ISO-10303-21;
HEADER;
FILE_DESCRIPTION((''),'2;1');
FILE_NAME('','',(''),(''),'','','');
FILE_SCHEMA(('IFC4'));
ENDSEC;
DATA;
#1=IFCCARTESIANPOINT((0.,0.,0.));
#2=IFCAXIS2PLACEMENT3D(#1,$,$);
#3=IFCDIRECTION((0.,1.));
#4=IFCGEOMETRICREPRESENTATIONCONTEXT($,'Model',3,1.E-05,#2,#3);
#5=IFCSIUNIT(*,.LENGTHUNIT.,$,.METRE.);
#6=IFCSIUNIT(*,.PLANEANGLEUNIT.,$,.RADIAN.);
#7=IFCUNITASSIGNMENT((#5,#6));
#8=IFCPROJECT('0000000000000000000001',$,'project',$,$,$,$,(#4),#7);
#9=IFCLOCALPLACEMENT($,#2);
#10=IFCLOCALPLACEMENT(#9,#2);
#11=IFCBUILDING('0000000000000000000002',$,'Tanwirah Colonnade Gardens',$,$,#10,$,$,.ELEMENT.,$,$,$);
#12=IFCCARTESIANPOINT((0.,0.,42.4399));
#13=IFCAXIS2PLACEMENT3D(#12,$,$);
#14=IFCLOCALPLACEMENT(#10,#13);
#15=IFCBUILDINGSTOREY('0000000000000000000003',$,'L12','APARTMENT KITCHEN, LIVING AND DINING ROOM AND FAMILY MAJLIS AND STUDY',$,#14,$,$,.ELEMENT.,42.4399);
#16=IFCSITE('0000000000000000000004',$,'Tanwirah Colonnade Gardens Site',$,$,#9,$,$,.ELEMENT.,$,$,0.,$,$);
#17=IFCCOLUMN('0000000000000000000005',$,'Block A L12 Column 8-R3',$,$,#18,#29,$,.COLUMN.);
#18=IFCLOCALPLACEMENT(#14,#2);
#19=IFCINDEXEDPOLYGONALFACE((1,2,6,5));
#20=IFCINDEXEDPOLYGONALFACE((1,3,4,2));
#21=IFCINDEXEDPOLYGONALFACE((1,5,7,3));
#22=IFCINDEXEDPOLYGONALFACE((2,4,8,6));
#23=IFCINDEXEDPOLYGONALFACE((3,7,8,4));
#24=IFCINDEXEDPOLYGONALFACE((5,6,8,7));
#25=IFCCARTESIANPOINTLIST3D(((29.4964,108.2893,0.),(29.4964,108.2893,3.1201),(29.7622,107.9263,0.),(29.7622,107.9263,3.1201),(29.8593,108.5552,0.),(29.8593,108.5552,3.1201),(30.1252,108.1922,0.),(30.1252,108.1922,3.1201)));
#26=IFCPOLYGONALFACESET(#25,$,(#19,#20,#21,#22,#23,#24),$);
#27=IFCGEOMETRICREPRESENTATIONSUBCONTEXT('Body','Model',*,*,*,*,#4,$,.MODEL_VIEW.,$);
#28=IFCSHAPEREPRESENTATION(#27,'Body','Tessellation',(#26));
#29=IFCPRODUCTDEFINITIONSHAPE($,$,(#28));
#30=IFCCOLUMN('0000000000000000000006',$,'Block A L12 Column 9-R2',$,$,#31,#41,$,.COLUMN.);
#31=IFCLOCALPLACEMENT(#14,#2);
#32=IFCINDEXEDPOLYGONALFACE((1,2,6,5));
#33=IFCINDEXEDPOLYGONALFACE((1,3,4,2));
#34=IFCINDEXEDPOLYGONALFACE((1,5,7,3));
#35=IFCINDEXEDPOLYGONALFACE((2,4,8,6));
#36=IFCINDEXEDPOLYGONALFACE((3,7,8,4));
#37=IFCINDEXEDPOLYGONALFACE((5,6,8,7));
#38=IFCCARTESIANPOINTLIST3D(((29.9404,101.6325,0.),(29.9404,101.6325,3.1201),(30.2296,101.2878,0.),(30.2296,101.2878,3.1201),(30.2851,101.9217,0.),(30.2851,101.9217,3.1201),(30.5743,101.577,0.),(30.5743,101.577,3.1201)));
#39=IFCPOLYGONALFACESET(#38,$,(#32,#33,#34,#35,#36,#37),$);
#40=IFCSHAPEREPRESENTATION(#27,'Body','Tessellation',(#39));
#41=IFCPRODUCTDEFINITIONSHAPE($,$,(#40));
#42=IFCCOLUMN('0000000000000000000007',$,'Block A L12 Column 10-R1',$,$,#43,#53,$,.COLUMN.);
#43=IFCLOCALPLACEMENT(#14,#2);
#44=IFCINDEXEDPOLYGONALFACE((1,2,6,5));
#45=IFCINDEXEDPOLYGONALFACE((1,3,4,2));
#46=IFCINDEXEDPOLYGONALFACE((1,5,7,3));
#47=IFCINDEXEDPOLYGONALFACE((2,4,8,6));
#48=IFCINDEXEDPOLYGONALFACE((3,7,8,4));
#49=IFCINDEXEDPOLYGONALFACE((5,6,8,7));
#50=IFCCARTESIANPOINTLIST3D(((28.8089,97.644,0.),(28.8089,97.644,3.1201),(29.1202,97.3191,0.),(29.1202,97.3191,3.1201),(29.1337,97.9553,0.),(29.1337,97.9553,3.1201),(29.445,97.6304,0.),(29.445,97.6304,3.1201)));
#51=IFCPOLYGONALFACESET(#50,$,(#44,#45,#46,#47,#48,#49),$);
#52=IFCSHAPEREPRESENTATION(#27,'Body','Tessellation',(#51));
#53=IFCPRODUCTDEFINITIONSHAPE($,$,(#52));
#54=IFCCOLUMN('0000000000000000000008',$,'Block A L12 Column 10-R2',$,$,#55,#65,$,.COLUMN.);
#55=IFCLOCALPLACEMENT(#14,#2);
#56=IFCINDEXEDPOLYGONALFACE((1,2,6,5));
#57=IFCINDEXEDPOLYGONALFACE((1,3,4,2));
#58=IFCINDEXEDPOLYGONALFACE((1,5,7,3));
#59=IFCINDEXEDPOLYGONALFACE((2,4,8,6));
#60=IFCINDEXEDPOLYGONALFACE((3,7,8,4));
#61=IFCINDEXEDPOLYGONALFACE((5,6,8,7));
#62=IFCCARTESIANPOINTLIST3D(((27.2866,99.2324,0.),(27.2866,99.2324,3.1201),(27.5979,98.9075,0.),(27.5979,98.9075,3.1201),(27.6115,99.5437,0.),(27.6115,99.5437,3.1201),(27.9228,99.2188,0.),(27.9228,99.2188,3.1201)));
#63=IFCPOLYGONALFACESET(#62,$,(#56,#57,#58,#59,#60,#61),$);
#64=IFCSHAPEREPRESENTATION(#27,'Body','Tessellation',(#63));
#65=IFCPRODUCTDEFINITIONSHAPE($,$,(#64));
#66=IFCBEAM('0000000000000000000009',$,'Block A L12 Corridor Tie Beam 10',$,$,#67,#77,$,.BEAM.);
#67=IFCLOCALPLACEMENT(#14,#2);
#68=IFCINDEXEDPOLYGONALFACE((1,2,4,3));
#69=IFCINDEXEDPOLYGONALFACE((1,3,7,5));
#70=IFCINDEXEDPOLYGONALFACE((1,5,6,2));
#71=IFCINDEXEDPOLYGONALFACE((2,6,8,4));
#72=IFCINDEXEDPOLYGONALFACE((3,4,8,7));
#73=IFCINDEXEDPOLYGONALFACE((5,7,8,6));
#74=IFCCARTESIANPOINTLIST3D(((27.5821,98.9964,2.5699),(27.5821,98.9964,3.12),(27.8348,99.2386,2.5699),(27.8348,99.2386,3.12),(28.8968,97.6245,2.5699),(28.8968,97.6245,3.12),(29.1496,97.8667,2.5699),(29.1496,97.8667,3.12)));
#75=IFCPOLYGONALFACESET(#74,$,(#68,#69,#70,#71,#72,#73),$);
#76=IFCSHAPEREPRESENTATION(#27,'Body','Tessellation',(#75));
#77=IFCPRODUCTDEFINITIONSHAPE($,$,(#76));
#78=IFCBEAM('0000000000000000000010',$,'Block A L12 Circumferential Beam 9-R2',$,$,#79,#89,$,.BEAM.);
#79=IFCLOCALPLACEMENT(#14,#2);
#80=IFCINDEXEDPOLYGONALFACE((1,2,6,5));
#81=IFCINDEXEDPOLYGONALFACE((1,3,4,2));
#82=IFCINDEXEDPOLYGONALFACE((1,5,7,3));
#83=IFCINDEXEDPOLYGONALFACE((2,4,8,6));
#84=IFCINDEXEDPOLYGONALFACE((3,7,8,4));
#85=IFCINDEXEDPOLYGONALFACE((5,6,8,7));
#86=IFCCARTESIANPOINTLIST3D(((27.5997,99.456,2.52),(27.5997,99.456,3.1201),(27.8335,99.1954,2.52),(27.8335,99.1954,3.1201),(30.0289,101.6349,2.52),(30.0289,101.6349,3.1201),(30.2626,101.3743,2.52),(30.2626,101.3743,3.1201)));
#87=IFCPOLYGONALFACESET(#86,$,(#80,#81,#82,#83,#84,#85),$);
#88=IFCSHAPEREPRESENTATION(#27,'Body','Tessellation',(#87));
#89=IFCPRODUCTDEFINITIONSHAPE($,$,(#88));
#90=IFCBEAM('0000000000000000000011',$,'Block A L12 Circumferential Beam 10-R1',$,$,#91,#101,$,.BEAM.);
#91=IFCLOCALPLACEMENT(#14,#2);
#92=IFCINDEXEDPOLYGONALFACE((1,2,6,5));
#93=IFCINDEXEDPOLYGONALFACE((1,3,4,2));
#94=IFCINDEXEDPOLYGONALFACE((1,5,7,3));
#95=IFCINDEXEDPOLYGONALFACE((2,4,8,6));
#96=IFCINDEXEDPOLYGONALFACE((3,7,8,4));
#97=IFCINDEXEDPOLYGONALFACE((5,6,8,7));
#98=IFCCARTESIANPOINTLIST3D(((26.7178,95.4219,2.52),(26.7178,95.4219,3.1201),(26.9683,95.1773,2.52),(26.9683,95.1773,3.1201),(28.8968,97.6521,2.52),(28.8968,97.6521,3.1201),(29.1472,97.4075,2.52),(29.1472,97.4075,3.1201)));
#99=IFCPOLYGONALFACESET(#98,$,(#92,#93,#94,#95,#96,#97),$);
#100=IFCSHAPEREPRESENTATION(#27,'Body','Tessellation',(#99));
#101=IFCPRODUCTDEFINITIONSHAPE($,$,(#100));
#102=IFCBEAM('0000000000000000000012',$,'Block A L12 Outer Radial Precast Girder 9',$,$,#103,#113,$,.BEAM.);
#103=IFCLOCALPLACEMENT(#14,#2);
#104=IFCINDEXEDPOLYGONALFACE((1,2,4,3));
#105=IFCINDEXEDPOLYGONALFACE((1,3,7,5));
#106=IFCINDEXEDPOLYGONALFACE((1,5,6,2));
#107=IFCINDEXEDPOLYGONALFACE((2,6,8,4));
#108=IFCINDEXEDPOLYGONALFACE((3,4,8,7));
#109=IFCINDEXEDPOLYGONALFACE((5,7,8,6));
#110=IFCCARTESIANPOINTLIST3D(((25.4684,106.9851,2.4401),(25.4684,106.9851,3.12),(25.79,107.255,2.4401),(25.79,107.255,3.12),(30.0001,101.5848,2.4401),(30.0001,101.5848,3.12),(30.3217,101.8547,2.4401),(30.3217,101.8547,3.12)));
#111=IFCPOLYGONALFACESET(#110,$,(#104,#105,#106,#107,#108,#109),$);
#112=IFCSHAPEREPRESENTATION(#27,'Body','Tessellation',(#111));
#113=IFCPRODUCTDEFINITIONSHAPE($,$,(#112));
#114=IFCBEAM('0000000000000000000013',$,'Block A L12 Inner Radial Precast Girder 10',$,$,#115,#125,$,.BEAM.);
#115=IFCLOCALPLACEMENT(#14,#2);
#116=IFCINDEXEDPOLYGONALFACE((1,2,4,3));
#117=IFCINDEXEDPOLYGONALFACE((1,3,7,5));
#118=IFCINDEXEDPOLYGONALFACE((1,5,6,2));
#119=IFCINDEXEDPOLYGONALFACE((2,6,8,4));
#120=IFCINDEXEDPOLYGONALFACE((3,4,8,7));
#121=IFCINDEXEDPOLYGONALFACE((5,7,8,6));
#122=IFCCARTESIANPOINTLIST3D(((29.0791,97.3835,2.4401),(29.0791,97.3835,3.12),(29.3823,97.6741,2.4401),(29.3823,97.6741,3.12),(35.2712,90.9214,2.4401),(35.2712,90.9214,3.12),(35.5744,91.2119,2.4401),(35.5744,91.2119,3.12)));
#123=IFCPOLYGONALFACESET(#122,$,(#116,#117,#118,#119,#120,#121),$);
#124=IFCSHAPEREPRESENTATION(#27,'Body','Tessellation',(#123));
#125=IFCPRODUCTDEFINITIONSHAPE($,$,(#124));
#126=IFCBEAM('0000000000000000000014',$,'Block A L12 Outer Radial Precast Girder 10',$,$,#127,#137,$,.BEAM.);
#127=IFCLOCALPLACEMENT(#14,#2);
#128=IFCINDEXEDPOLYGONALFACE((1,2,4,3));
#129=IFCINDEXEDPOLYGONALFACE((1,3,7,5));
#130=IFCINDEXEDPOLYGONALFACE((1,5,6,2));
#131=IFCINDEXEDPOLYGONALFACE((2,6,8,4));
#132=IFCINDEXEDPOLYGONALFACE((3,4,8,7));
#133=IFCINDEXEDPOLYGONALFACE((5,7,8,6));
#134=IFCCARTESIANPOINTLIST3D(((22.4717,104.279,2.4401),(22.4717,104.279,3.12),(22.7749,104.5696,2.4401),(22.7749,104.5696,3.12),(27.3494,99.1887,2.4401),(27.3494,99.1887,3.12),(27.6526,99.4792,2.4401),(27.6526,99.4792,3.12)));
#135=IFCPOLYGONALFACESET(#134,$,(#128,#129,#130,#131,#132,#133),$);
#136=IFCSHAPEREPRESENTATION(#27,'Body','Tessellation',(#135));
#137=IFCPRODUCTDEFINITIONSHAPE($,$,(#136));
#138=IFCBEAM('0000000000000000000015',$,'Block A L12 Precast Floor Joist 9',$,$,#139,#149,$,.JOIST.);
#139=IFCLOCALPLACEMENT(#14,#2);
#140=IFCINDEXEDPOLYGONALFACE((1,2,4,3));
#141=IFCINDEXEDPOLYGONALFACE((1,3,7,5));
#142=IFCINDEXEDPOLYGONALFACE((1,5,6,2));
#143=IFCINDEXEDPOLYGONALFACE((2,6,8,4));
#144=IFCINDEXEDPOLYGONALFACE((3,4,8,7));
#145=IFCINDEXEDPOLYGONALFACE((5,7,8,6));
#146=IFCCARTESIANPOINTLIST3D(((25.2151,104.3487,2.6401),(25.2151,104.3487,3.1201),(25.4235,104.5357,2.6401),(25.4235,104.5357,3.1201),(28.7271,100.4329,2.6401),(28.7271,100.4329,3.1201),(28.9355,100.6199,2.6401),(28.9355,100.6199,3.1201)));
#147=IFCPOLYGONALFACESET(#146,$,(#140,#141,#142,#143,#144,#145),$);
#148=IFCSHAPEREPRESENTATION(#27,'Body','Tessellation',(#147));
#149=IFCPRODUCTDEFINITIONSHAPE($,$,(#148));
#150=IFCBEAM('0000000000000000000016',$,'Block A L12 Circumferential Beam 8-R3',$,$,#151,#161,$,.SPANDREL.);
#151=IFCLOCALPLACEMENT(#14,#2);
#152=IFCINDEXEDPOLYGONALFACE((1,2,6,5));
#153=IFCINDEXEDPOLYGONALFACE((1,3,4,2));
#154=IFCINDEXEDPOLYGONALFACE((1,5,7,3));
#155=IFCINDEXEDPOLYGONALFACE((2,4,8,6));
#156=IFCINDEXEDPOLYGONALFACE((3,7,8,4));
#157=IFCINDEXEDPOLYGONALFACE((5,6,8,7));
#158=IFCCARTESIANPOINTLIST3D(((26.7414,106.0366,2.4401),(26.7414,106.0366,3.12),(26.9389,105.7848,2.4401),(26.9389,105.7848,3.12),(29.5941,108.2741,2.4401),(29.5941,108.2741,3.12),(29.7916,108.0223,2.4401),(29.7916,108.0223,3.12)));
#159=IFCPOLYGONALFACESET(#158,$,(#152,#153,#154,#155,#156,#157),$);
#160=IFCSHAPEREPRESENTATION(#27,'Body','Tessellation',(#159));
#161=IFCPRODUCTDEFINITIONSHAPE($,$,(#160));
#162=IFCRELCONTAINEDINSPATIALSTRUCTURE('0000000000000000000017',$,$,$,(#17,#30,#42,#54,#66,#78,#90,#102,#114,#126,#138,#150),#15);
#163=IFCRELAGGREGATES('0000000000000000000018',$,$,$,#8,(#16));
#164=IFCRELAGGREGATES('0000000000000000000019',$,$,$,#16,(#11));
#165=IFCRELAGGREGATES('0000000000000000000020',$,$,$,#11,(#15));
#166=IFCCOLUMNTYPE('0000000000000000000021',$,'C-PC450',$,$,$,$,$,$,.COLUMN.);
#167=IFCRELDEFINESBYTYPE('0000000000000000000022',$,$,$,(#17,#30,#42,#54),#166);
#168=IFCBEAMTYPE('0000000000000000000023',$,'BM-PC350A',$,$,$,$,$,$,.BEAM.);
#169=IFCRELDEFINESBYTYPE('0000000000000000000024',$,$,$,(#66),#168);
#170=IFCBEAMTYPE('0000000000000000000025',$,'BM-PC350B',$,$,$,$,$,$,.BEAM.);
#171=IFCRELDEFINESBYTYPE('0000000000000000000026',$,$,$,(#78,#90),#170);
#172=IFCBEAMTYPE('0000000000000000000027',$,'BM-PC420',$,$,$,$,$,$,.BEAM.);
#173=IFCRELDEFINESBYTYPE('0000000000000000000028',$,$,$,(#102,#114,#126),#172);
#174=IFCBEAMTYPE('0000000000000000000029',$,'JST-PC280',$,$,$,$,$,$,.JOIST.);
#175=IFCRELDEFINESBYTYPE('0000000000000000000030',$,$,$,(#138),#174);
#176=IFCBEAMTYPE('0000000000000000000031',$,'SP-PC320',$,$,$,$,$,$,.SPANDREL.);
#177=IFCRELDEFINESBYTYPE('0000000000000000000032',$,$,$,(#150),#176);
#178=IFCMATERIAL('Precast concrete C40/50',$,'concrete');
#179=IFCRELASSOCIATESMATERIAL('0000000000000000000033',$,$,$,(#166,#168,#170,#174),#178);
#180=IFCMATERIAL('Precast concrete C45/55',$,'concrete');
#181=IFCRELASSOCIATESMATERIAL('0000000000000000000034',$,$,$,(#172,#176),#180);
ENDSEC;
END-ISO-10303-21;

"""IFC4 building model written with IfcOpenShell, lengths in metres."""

from ifc_helpers import new_model, si_unit, direction, frame, origin, origin_2d, place, context, subcontext, project, spatial, rectangle, extrude, material, material_profile, profile_set, type_object, element, save


model = new_model("IFC4")

# Units and contexts
model_context = context("Model", 3, precision=1e-05, world=origin(), true_north=direction((0.0, 1.0)))
body_context = subcontext(model_context, "Body", "Model", "MODEL_VIEW")
ifc_project = project(units=[si_unit("LENGTHUNIT", "METRE"), si_unit("PLANEANGLEUNIT", "RADIAN")], contexts=[model_context])

# Site, building, storey
site_placement = place(None, origin())
site = spatial("IfcSite", under=ifc_project, at=site_placement, Name="Tanwirah Colonnade Gardens Site", CompositionType="ELEMENT", RefElevation=0.0)
building_placement = place(site_placement, origin())
building = spatial("IfcBuilding", under=site, at=building_placement, Name="Tanwirah Colonnade Gardens", CompositionType="ELEMENT")
storey_placement = place(building_placement, frame((0.0, 0.0, 42.4399)))
storey = spatial("IfcBuildingStorey", under=building, at=storey_placement, Name="L12", Description="APARTMENT KITCHEN, LIVING AND DINING ROOM AND FAMILY MAJLIS AND STUDY", CompositionType="ELEMENT", Elevation=42.4399)

# Columns
ifc_material_1 = material(Name="Precast concrete C40/50", Category="concrete")
ifc_material_profile_1 = material_profile(ifc_material_1, rectangle(XDim=0.45, YDim=0.45, at=origin_2d()), Name="PC-COL 450x450")
ifc_profile_set_1 = profile_set([ifc_material_profile_1], Name="Precast concrete C40/50")
column_type = type_object("IfcColumnType", Name="C-PC450", PredefinedType="COLUMN", material=ifc_profile_set_1)
for number, where, z_axis, x_axis, name in (
    (1, (29.8108, 108.2407, 0.0), (0.0, 0.0, 1.0), (-0.590919, 0.806731, 0.0), "Block A L12 Column 8-R3"),
    (2, (30.2573, 101.6047, 0.0), (0.0, 0.0, 1.0), (-0.642788, 0.766044, 0.0), "Block A L12 Column 9-R2"),
    (3, (29.127, 97.6372, 0.0), (0.0, 0.0, 1.0), (-0.691863, 0.722029, 0.0), "Block A L12 Column 10-R1"),
    (4, (27.6047, 99.2256, 0.0), (0.0, 0.0, 1.0), (-0.691863, 0.722029, 0.0), "Block A L12 Column 10-R2"),
):
    element("IfcColumn", number, at=place(storey_placement, frame(where, z_axis=z_axis, x_axis=x_axis)), inside=storey, type_object=column_type, Name=name, PredefinedType="COLUMN", context=body_context, shape_type="SweptSolid", body=[
        extrude(rectangle(XDim=0.45, YDim=0.45, at=origin_2d()), origin(), (0.0, 0.0, 1.0), 3.1201),
    ])

# Beams
ifc_material_profile_2 = material_profile(ifc_material_1, rectangle(XDim=0.3501, YDim=0.55, at=origin_2d()), Name="PC-BM 350x550")
ifc_profile_set_2 = profile_set([ifc_material_profile_2], Name="Precast concrete C40/50")
beam_type_1 = type_object("IfcBeamType", Name="BM-PC350A", PredefinedType="BEAM", material=ifc_profile_set_2)
beam_1_placement = place(storey_placement, frame((29.0232, 97.7456, 2.845), z_axis=(-0.691914, 0.72198, 0.0), x_axis=(-0.72198, -0.691914, 0.0)))
element("IfcBeam", 5, at=beam_1_placement, inside=storey, type_object=beam_type_1, Name="Block A L12 Corridor Tie Beam 10", PredefinedType="BEAM", context=body_context, shape_type="SweptSolid", body=[
    extrude(rectangle(XDim=0.3501, YDim=0.55, at=origin_2d()), origin(), (0.0, 0.0, 1.0), 1.9001),
])
ifc_material_profile_3 = material_profile(ifc_material_1, rectangle(XDim=0.3501, YDim=0.6001, at=origin_2d()), Name="PC-BM 350x600")
ifc_profile_set_3 = profile_set([ifc_material_profile_3], Name="Precast concrete C40/50")
beam_type_2 = type_object("IfcBeamType", Name="BM-PC350B", PredefinedType="BEAM", material=ifc_profile_set_3)
beam_2_placement = place(storey_placement, frame((30.1458, 101.5046, 2.8201), z_axis=(-0.744409, -0.667724, 0.0), x_axis=(0.667724, -0.744409, 0.0)))
element("IfcBeam", 6, at=beam_2_placement, inside=storey, type_object=beam_type_2, Name="Block A L12 Circumferential Beam 9-R2", PredefinedType="BEAM", context=body_context, shape_type="SweptSolid", body=[
    extrude(rectangle(XDim=0.3501, YDim=0.6001, at=origin_2d()), origin(), (0.0, 0.0, 1.0), 3.2632),
])
beam_3_placement = place(storey_placement, frame((29.022, 97.5298, 2.8201), z_axis=(-0.698837, -0.715281, 0.0), x_axis=(0.715281, -0.698837, 0.0)))
element("IfcBeam", 7, at=beam_3_placement, inside=storey, type_object=beam_type_2, Name="Block A L12 Circumferential Beam 10-R1", PredefinedType="BEAM", context=body_context, shape_type="SweptSolid", body=[
    extrude(rectangle(XDim=0.3501, YDim=0.6001, at=origin_2d()), origin(), (0.0, 0.0, 1.0), 3.1179),
])
ifc_material_2 = material(Name="Precast concrete C45/55", Category="concrete")
ifc_material_profile_4 = material_profile(ifc_material_2, rectangle(XDim=0.4199, YDim=0.6799, at=origin_2d()), Name="PC-BM 420x680")
ifc_profile_set_4 = profile_set([ifc_material_profile_4], Name="Precast concrete C45/55")
beam_type_3 = type_object("IfcBeamType", Name="BM-PC420", PredefinedType="BEAM", material=ifc_profile_set_4)
beam_4_placement = place(storey_placement, frame((30.1609, 101.7197, 2.78), z_axis=(-0.64281, 0.766025, 0.0), x_axis=(-0.766025, -0.64281, 0.0)))
element("IfcBeam", 8, at=beam_4_placement, inside=storey, type_object=beam_type_3, Name="Block A L12 Outer Radial Precast Girder 9", PredefinedType="BEAM", context=body_context, shape_type="SweptSolid", body=[
    extrude(rectangle(XDim=0.4199, YDim=0.6799, at=origin_2d()), origin(), (0.0, 0.0, 1.0), 7.0498),
])
beam_5_placement = place(storey_placement, frame((29.2307, 97.5288, 2.78), z_axis=(0.691861, -0.722031, 0.0), x_axis=(0.722031, 0.691861, 0.0)))
element("IfcBeam", 9, at=beam_5_placement, inside=storey, type_object=beam_type_3, Name="Block A L12 Inner Radial Precast Girder 10", PredefinedType="BEAM", context=body_context, shape_type="SweptSolid", body=[
    extrude(rectangle(XDim=0.4199, YDim=0.6799, at=origin_2d()), origin(), (0.0, 0.0, 1.0), 8.95),
])
beam_6_placement = place(storey_placement, frame((27.501, 99.334, 2.78), z_axis=(-0.691865, 0.722027, 0.0), x_axis=(-0.722027, -0.691865, 0.0)))
element("IfcBeam", 10, at=beam_6_placement, inside=storey, type_object=beam_type_3, Name="Block A L12 Outer Radial Precast Girder 10", PredefinedType="BEAM", context=body_context, shape_type="SweptSolid", body=[
    extrude(rectangle(XDim=0.4199, YDim=0.6799, at=origin_2d()), origin(), (0.0, 0.0, 1.0), 7.05),
])
ifc_material_profile_5 = material_profile(ifc_material_1, rectangle(XDim=0.28, YDim=0.48, at=origin_2d()), Name="PC-JST 280x480")
ifc_profile_set_5 = profile_set([ifc_material_profile_5], Name="Precast concrete C40/50")
beam_type_4 = type_object("IfcBeamType", Name="JST-PC280", PredefinedType="JOIST", material=ifc_profile_set_5)
beam_7_placement = place(storey_placement, frame((28.8313, 100.5264, 2.8801), z_axis=(-0.667679, 0.744449, 0.0), x_axis=(-0.744449, -0.667679, 0.0)))
element("IfcBeam", 11, at=beam_7_placement, inside=storey, type_object=beam_type_4, Name="Block A L12 Precast Floor Joist 9", PredefinedType="JOIST", context=body_context, shape_type="SweptSolid", body=[
    extrude(rectangle(XDim=0.28, YDim=0.48, at=origin_2d()), origin(), (0.0, 0.0, 1.0), 5.26),
])
ifc_material_profile_6 = material_profile(ifc_material_2, rectangle(XDim=0.3201, YDim=0.6799, at=origin_2d()), Name="PC-SP 320x680")
ifc_profile_set_6 = profile_set([ifc_material_profile_6], Name="Precast concrete C45/55")
beam_type_5 = type_object("IfcBeamType", Name="SP-PC320", PredefinedType="SPANDREL", material=ifc_profile_set_6)
beam_8_placement = place(storey_placement, frame((29.6929, 108.1482, 2.78), z_axis=(-0.786844, -0.617152, 0.0), x_axis=(0.617152, -0.786844, 0.0)))
element("IfcBeam", 12, at=beam_8_placement, inside=storey, type_object=beam_type_5, Name="Block A L12 Circumferential Beam 8-R3", PredefinedType="SPANDREL", context=body_context, shape_type="SweptSolid", body=[
    extrude(rectangle(XDim=0.3201, YDim=0.6799, at=origin_2d()), origin(), (0.0, 0.0, 1.0), 3.6255),
])

save(model, "model.ifc")
